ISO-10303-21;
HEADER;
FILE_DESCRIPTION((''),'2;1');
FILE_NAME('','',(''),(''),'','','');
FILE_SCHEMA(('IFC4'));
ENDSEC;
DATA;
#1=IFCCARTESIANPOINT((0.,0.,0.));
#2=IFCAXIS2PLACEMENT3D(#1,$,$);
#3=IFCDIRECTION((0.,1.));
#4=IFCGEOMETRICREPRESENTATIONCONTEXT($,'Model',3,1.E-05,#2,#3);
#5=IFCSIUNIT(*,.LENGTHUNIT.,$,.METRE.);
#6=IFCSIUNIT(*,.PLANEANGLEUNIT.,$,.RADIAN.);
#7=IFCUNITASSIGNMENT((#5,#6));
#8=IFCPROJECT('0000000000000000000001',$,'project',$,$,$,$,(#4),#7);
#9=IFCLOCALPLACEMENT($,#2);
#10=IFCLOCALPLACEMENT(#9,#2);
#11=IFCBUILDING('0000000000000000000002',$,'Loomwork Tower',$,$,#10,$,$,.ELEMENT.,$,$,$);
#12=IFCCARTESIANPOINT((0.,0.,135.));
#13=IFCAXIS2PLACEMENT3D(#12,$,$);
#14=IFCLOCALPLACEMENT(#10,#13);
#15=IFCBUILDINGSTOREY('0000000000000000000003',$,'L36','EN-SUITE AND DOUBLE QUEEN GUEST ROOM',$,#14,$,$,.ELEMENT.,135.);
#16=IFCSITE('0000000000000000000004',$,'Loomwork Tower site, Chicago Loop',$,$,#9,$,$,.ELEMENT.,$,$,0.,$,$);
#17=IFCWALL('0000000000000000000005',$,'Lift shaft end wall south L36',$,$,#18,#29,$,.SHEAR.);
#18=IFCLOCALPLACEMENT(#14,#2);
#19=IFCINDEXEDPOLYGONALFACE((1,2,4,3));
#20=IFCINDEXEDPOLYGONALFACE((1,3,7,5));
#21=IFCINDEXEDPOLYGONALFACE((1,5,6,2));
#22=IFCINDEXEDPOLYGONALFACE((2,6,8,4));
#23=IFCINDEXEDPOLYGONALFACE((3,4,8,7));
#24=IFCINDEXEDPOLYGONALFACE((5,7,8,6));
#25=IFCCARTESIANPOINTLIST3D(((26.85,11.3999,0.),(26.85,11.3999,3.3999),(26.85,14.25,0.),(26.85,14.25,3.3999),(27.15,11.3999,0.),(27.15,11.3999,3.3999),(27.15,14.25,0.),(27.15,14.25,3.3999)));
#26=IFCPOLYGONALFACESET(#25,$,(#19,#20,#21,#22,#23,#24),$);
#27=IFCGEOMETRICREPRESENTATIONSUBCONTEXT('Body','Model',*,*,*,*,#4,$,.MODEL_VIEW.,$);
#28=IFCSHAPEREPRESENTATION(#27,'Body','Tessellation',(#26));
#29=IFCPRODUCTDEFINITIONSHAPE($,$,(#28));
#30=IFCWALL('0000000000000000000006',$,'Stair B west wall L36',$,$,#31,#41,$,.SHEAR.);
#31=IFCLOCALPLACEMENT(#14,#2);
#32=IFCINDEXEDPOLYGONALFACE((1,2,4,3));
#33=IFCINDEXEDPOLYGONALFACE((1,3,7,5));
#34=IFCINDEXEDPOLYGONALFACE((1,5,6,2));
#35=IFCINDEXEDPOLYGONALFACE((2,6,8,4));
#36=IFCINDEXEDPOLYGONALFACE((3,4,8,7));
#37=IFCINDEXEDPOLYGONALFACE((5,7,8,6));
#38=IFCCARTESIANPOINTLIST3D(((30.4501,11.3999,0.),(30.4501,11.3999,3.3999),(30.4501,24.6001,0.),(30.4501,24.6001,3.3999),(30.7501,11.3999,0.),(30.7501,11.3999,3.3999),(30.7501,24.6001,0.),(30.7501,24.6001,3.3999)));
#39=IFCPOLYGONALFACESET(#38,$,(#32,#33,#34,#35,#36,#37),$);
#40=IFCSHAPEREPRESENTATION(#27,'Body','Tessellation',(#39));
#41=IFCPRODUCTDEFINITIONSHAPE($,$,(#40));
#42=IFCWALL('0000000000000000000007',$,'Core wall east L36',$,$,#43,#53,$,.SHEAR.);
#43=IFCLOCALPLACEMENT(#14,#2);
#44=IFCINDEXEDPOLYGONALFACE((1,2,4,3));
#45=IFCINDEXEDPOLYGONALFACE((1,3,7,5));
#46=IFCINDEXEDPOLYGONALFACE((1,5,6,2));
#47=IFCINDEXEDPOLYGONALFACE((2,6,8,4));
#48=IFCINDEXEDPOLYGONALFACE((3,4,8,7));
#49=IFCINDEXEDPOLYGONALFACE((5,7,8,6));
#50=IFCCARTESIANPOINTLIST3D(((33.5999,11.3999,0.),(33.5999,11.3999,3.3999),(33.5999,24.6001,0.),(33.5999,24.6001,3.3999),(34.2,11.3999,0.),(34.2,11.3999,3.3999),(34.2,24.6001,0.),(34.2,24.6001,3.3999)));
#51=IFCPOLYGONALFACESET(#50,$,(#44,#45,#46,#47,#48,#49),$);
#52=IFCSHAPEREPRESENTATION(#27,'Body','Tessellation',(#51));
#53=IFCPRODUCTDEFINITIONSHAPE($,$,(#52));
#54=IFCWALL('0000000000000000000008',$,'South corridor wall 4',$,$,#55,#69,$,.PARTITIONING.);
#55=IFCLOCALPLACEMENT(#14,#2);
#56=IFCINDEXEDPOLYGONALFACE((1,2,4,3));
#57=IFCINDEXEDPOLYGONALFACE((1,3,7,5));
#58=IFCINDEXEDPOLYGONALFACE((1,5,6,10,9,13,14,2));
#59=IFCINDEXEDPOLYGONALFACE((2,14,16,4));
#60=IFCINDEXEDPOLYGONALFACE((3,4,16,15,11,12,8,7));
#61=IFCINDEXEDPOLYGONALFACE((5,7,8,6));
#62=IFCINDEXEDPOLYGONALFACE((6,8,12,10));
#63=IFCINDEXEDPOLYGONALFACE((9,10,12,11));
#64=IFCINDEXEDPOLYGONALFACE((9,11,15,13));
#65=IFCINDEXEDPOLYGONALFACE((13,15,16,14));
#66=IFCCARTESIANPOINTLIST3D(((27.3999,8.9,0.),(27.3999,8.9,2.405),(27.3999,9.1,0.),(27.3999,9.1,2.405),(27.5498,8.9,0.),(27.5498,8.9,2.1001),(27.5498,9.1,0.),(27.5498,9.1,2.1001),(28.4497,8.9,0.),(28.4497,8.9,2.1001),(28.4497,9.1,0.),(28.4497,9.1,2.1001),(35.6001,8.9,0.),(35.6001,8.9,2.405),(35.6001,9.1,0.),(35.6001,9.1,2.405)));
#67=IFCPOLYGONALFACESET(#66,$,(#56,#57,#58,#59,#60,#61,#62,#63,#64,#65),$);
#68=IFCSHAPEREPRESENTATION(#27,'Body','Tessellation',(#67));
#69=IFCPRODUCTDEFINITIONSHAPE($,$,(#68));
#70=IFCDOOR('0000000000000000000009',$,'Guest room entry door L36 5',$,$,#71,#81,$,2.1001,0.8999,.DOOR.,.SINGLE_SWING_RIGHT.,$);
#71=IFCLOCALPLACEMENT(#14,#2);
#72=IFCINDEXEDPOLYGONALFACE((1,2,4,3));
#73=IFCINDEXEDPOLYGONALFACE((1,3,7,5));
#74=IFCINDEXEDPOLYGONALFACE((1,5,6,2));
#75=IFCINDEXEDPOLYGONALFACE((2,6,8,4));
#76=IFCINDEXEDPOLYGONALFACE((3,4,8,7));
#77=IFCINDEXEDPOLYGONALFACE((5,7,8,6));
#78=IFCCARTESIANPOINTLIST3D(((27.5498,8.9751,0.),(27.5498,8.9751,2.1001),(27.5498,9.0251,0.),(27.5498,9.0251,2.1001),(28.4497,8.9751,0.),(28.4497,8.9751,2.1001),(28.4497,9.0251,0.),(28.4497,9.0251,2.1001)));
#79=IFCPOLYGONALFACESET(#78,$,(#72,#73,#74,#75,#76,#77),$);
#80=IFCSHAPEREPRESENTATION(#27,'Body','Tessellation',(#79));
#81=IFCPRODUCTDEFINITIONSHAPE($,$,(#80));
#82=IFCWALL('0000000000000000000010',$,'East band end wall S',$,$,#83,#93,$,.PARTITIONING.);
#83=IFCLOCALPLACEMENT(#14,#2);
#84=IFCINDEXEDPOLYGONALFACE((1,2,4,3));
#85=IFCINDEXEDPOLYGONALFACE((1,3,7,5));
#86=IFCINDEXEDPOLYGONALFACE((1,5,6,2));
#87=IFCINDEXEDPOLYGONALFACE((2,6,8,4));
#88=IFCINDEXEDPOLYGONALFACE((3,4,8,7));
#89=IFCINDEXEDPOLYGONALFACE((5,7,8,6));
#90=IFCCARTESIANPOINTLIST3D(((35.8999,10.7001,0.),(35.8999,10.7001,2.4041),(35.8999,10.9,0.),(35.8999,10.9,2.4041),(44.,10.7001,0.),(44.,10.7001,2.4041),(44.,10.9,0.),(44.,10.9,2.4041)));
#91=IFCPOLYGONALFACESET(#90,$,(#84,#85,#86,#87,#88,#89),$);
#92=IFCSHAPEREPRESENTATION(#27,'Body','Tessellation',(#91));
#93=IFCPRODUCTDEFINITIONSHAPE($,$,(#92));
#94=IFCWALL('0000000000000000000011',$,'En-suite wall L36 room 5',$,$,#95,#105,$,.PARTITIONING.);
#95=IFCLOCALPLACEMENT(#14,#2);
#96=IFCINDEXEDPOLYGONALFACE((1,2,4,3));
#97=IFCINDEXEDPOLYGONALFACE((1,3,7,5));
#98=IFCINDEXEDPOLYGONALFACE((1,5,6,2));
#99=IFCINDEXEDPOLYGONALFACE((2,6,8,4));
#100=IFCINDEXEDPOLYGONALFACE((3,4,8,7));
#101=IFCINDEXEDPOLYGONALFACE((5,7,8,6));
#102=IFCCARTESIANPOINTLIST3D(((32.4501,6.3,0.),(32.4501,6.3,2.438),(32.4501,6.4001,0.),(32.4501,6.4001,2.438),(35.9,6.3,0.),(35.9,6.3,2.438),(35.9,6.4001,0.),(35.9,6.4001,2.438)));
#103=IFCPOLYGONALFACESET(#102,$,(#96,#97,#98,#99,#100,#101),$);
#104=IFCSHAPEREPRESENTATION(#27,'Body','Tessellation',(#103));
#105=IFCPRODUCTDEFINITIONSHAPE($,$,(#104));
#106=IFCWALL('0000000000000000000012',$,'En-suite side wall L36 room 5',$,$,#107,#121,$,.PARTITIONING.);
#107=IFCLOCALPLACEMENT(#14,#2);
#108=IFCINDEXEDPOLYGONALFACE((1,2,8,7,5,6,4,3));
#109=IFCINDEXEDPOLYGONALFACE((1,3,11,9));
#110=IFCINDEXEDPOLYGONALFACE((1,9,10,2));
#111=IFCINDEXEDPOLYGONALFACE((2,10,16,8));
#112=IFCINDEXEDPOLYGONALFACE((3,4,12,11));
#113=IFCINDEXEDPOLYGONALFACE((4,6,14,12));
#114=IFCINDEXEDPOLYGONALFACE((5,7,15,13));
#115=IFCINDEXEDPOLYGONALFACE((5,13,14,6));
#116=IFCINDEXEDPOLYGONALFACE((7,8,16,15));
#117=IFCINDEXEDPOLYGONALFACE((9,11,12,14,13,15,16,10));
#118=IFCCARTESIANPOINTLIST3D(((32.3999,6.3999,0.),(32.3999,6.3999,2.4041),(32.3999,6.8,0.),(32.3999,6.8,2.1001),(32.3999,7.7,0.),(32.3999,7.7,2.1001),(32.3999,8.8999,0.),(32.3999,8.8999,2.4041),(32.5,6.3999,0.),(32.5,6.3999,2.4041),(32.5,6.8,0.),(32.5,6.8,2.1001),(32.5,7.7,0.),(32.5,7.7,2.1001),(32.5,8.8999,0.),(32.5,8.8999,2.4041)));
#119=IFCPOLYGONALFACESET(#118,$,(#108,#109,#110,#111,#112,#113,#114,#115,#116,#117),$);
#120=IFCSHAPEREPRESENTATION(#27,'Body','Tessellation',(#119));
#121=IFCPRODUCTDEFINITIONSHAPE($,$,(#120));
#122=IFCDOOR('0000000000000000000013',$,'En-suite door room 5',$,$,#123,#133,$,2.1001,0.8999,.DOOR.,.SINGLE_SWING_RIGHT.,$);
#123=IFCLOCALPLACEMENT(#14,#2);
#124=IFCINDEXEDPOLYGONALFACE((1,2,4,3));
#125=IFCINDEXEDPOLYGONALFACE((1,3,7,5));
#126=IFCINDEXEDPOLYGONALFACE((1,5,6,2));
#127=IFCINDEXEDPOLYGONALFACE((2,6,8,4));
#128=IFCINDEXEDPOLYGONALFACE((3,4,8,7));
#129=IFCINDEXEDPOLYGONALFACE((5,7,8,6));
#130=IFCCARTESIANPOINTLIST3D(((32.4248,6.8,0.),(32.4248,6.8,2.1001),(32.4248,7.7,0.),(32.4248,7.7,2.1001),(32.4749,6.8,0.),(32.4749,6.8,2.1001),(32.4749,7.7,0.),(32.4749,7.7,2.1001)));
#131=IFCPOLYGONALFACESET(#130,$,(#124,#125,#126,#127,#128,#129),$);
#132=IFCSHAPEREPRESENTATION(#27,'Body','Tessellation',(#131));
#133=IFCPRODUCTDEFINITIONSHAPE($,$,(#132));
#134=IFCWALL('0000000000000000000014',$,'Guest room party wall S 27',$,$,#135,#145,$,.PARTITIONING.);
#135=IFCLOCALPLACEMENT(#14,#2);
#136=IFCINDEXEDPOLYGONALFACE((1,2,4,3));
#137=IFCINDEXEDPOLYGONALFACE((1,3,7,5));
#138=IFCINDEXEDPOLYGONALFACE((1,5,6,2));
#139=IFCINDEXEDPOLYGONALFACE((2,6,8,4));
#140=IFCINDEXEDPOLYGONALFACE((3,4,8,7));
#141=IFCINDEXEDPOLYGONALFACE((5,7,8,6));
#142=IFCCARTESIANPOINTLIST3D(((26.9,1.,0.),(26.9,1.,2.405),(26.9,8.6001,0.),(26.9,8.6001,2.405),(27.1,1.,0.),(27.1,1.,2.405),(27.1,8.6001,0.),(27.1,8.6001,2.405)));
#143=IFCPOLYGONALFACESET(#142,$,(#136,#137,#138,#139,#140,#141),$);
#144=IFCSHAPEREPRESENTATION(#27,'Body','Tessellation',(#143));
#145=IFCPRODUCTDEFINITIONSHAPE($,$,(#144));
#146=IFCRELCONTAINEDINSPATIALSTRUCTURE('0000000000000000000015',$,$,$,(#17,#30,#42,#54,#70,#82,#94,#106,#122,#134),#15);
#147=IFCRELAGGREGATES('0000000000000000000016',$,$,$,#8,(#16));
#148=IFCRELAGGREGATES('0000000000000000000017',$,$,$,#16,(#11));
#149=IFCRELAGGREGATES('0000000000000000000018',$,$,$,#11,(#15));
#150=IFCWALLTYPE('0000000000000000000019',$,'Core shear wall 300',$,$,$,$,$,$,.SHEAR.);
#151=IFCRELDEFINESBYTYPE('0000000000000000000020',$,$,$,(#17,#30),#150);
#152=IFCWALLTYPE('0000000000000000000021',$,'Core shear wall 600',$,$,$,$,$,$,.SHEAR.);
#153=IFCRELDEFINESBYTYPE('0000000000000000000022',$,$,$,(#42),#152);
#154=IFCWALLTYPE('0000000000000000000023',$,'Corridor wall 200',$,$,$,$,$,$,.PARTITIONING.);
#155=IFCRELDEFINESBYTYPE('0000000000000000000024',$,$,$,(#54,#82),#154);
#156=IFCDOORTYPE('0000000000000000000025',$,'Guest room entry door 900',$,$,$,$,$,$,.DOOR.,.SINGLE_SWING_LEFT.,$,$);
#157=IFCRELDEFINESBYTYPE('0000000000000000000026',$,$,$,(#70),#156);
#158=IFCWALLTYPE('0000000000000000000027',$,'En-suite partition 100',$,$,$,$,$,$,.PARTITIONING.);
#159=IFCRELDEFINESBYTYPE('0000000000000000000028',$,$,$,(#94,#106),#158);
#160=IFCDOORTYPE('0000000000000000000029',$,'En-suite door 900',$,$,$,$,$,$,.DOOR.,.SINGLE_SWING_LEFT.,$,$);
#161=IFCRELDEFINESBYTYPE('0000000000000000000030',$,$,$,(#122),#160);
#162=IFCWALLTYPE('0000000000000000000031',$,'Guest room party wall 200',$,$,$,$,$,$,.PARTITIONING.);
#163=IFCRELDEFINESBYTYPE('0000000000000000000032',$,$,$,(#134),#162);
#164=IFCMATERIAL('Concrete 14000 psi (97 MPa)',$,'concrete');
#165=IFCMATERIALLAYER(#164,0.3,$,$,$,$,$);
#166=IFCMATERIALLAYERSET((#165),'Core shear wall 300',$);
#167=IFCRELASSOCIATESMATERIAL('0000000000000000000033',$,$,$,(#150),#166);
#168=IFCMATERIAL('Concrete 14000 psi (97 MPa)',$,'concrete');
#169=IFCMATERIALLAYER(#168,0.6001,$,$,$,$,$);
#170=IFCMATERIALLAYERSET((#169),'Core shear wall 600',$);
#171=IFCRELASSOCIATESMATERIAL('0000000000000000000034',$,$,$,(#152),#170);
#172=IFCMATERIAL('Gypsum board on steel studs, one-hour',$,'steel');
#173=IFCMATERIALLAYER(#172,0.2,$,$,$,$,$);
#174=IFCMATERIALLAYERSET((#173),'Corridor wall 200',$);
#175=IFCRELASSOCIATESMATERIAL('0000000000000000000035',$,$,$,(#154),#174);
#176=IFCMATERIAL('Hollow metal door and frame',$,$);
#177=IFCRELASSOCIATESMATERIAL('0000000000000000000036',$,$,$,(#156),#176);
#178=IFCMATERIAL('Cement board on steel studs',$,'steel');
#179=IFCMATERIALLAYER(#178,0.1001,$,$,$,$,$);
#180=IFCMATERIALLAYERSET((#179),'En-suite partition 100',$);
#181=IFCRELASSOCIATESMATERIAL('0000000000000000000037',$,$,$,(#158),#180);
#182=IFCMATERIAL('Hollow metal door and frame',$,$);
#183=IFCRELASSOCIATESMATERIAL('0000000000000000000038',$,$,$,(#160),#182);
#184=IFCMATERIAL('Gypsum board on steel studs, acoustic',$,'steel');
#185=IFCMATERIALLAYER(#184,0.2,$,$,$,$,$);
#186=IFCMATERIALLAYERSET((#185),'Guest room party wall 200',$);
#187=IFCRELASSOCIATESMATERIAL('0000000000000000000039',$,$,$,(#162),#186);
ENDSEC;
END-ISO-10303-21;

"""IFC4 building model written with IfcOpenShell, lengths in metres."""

from ifc_helpers import new_model, si_unit, direction, frame, frame_2d, origin, place, context, subcontext, project, spatial, rectangle, extrude, material, layer, layer_set, type_object, element, fill, save


model = new_model("IFC4")

# Units and contexts
model_context = context("Model", 3, precision=1e-05, world=origin(), true_north=direction((0.0, 1.0)))
body_context = subcontext(model_context, "Body", "Model", "MODEL_VIEW")
ifc_project = project(units=[si_unit("LENGTHUNIT", "METRE"), si_unit("PLANEANGLEUNIT", "RADIAN")], contexts=[model_context])

# Site, building, storey
site_placement = place(None, origin())
site = spatial("IfcSite", under=ifc_project, at=site_placement, Name="Loomwork Tower site, Chicago Loop", CompositionType="ELEMENT", RefElevation=0.0)
building_placement = place(site_placement, origin())
building = spatial("IfcBuilding", under=site, at=building_placement, Name="Loomwork Tower", CompositionType="ELEMENT")
storey_placement = place(building_placement, frame((0.0, 0.0, 135.0)))
storey = spatial("IfcBuildingStorey", under=building, at=storey_placement, Name="L36", Description="EN-SUITE AND DOUBLE QUEEN GUEST ROOM", CompositionType="ELEMENT", Elevation=135.0)

# Walls
ifc_material_1 = material(Name="Concrete 14000 psi (97 MPa)", Category="concrete")
ifc_layer_1 = layer(ifc_material_1, 0.3)
ifc_layer_set_1 = layer_set([ifc_layer_1], Name="Core shear wall 300")
wall_type_1 = type_object("IfcWallType", Name="Core shear wall 300", PredefinedType="SHEAR", material=ifc_layer_set_1)
wall_1_placement = place(storey_placement, frame((27.0, 11.3999, 0.0), z_axis=(0.0, 0.0, 1.0), x_axis=(0.0, 1.0, 0.0)))
element("IfcWall", 1, at=wall_1_placement, inside=storey, type_object=wall_type_1, Name="Lift shaft end wall south L36", PredefinedType="SHEAR", context=body_context, shape_type="SweptSolid", body=[
    extrude(rectangle(XDim=2.8501, YDim=0.3, at=frame_2d((1.425, 0.0))), origin(), (0.0, 0.0, 1.0), 3.3999),
])
wall_2_placement = place(storey_placement, frame((30.6001, 11.3999, 0.0), z_axis=(0.0, 0.0, 1.0), x_axis=(0.0, 1.0, 0.0)))
element("IfcWall", 2, at=wall_2_placement, inside=storey, type_object=wall_type_1, Name="Stair B west wall L36", PredefinedType="SHEAR", context=body_context, shape_type="SweptSolid", body=[
    extrude(rectangle(XDim=13.2002, YDim=0.3, at=frame_2d((6.6001, 0.0))), origin(), (0.0, 0.0, 1.0), 3.3999),
])
ifc_material_2 = material(Name="Concrete 14000 psi (97 MPa)", Category="concrete")
ifc_layer_2 = layer(ifc_material_2, 0.6001)
ifc_layer_set_2 = layer_set([ifc_layer_2], Name="Core shear wall 600")
wall_type_2 = type_object("IfcWallType", Name="Core shear wall 600", PredefinedType="SHEAR", material=ifc_layer_set_2)
wall_3_placement = place(storey_placement, frame((33.8999, 11.3999, 0.0), z_axis=(0.0, 0.0, 1.0), x_axis=(0.0, 1.0, 0.0)))
element("IfcWall", 3, at=wall_3_placement, inside=storey, type_object=wall_type_2, Name="Core wall east L36", PredefinedType="SHEAR", context=body_context, shape_type="SweptSolid", body=[
    extrude(rectangle(XDim=13.2002, YDim=0.6001, at=frame_2d((6.6001, 0.0))), origin(), (0.0, 0.0, 1.0), 3.3999),
])

# Wall, opening, door
ifc_material_3 = material(Name="Gypsum board on steel studs, one-hour", Category="steel")
ifc_layer_3 = layer(ifc_material_3, 0.2)
ifc_layer_set_3 = layer_set([ifc_layer_3], Name="Corridor wall 200")
wall_type_3 = type_object("IfcWallType", Name="Corridor wall 200", PredefinedType="PARTITIONING", material=ifc_layer_set_3)
wall_4_placement = place(storey_placement, frame((27.3999, 9.0, 0.0), z_axis=(0.0, 0.0, 1.0), x_axis=(1.0, 0.0, 0.0)))
wall_4 = element("IfcWall", 4, at=wall_4_placement, inside=storey, type_object=wall_type_3, Name="South corridor wall 4", PredefinedType="PARTITIONING", context=body_context, shape_type="SweptSolid", body=[
    extrude(rectangle(XDim=8.2002, YDim=0.2, at=frame_2d((4.1001, 0.0))), origin(), (0.0, 0.0, 1.0), 2.405),
])
opening_1_placement = place(wall_4_placement, frame((0.1499, 0.0, 0.0)))
opening_1 = element("IfcOpeningElement", 5, at=opening_1_placement, cuts=wall_4, PredefinedType="OPENING", context=body_context, shape_type="SweptSolid", body=[
    extrude(rectangle(XDim=0.8999, YDim=2.1001, at=frame_2d((0.45, 1.05))), frame((0.0, 0.1099, 0.0), z_axis=(0.0, -1.0, 0.0), x_axis=(1.0, 0.0, 0.0)), (0.0, 0.0, 1.0), 0.22),
])
ifc_material_4 = material(Name="Hollow metal door and frame")
door_type_1 = type_object("IfcDoorType", Name="Guest room entry door 900", OperationType="SINGLE_SWING_LEFT", PredefinedType="DOOR", material=ifc_material_4)
door_1_placement = place(opening_1_placement, frame((0.8999, 0.0, 0.0), z_axis=(0.0, 0.0, 1.0), x_axis=(-1.0, 0.0, 0.0)))
door_1 = element("IfcDoor", 6, at=door_1_placement, inside=storey, type_object=door_type_1, Name="Guest room entry door L36 5", OperationType="SINGLE_SWING_RIGHT", OverallHeight=2.1001, OverallWidth=0.8999, PredefinedType="DOOR", context=body_context, shape_type="SweptSolid", body=[
    extrude(rectangle(XDim=0.8999, YDim=2.1001, at=frame_2d((0.45, 1.05))), frame((0.0, 0.0249, 0.0), z_axis=(0.0, -1.0, 0.0), x_axis=(1.0, 0.0, 0.0)), (0.0, 0.0, 1.0), 0.05),
])
fill(opening_1, door_1)

# Walls
wall_5_placement = place(storey_placement, frame((35.8999, 10.8, 0.0), z_axis=(0.0, 0.0, 1.0), x_axis=(1.0, 0.0, 0.0)))
element("IfcWall", 7, at=wall_5_placement, inside=storey, type_object=wall_type_3, Name="East band end wall S", PredefinedType="PARTITIONING", context=body_context, shape_type="SweptSolid", body=[
    extrude(rectangle(XDim=8.1001, YDim=0.2, at=frame_2d((4.05, 0.0))), origin(), (0.0, 0.0, 1.0), 2.4041),
])
ifc_material_5 = material(Name="Cement board on steel studs", Category="steel")
ifc_layer_4 = layer(ifc_material_5, 0.1001)
ifc_layer_set_4 = layer_set([ifc_layer_4], Name="En-suite partition 100")
wall_type_4 = type_object("IfcWallType", Name="En-suite partition 100", PredefinedType="PARTITIONING", material=ifc_layer_set_4)
wall_6_placement = place(storey_placement, frame((32.45, 6.3501, 0.0), z_axis=(0.0, 0.0, 1.0), x_axis=(1.0, 0.0, 0.0)))
element("IfcWall", 8, at=wall_6_placement, inside=storey, type_object=wall_type_4, Name="En-suite wall L36 room 5", PredefinedType="PARTITIONING", context=body_context, shape_type="SweptSolid", body=[
    extrude(rectangle(XDim=3.45, YDim=0.1001, at=frame_2d((1.7251, 0.0))), origin(), (0.0, 0.0, 1.0), 2.438),
])

# Wall, opening, door
wall_7_placement = place(storey_placement, frame((32.45, 8.8999, 0.0), z_axis=(0.0, 0.0, 1.0), x_axis=(0.0, -1.0, 0.0)))
wall_7 = element("IfcWall", 9, at=wall_7_placement, inside=storey, type_object=wall_type_4, Name="En-suite side wall L36 room 5", PredefinedType="PARTITIONING", context=body_context, shape_type="SweptSolid", body=[
    extrude(rectangle(XDim=2.5, YDim=0.1001, at=frame_2d((1.25, 0.0))), origin(), (0.0, 0.0, 1.0), 2.4041),
])
opening_2_placement = place(wall_7_placement, frame((1.2, 0.0, 0.0)))
opening_2 = element("IfcOpeningElement", 10, at=opening_2_placement, cuts=wall_7, PredefinedType="OPENING", context=body_context, shape_type="SweptSolid", body=[
    extrude(rectangle(XDim=0.8999, YDim=2.1001, at=frame_2d((0.45, 1.05))), frame((0.0, 0.0601, 0.0), z_axis=(0.0, -1.0, 0.0), x_axis=(1.0, 0.0, 0.0)), (0.0, 0.0, 1.0), 0.1201),
])
ifc_material_6 = material(Name="Hollow metal door and frame")
door_type_2 = type_object("IfcDoorType", Name="En-suite door 900", OperationType="SINGLE_SWING_LEFT", PredefinedType="DOOR", material=ifc_material_6)
door_2_placement = place(opening_2_placement, origin())
door_2 = element("IfcDoor", 11, at=door_2_placement, inside=storey, type_object=door_type_2, Name="En-suite door room 5", OperationType="SINGLE_SWING_RIGHT", OverallHeight=2.1001, OverallWidth=0.8999, PredefinedType="DOOR", context=body_context, shape_type="SweptSolid", body=[
    extrude(rectangle(XDim=0.8999, YDim=2.1001, at=frame_2d((0.45, 1.05))), frame((0.0, 0.0249, 0.0), z_axis=(0.0, -1.0, 0.0), x_axis=(1.0, 0.0, 0.0)), (0.0, 0.0, 1.0), 0.05),
])
fill(opening_2, door_2)

# Wall
ifc_material_7 = material(Name="Gypsum board on steel studs, acoustic", Category="steel")
ifc_layer_5 = layer(ifc_material_7, 0.2)
ifc_layer_set_5 = layer_set([ifc_layer_5], Name="Guest room party wall 200")
wall_type_5 = type_object("IfcWallType", Name="Guest room party wall 200", PredefinedType="PARTITIONING", material=ifc_layer_set_5)
wall_8_placement = place(storey_placement, frame((27.0, 8.6001, 0.0), z_axis=(0.0, 0.0, 1.0), x_axis=(0.0, -1.0, 0.0)))
element("IfcWall", 12, at=wall_8_placement, inside=storey, type_object=wall_type_5, Name="Guest room party wall S 27", PredefinedType="PARTITIONING", context=body_context, shape_type="SweptSolid", body=[
    extrude(rectangle(XDim=7.6001, YDim=0.2, at=frame_2d((3.8, 0.0))), origin(), (0.0, 0.0, 1.0), 2.405),
])

save(model, "model.ifc")
